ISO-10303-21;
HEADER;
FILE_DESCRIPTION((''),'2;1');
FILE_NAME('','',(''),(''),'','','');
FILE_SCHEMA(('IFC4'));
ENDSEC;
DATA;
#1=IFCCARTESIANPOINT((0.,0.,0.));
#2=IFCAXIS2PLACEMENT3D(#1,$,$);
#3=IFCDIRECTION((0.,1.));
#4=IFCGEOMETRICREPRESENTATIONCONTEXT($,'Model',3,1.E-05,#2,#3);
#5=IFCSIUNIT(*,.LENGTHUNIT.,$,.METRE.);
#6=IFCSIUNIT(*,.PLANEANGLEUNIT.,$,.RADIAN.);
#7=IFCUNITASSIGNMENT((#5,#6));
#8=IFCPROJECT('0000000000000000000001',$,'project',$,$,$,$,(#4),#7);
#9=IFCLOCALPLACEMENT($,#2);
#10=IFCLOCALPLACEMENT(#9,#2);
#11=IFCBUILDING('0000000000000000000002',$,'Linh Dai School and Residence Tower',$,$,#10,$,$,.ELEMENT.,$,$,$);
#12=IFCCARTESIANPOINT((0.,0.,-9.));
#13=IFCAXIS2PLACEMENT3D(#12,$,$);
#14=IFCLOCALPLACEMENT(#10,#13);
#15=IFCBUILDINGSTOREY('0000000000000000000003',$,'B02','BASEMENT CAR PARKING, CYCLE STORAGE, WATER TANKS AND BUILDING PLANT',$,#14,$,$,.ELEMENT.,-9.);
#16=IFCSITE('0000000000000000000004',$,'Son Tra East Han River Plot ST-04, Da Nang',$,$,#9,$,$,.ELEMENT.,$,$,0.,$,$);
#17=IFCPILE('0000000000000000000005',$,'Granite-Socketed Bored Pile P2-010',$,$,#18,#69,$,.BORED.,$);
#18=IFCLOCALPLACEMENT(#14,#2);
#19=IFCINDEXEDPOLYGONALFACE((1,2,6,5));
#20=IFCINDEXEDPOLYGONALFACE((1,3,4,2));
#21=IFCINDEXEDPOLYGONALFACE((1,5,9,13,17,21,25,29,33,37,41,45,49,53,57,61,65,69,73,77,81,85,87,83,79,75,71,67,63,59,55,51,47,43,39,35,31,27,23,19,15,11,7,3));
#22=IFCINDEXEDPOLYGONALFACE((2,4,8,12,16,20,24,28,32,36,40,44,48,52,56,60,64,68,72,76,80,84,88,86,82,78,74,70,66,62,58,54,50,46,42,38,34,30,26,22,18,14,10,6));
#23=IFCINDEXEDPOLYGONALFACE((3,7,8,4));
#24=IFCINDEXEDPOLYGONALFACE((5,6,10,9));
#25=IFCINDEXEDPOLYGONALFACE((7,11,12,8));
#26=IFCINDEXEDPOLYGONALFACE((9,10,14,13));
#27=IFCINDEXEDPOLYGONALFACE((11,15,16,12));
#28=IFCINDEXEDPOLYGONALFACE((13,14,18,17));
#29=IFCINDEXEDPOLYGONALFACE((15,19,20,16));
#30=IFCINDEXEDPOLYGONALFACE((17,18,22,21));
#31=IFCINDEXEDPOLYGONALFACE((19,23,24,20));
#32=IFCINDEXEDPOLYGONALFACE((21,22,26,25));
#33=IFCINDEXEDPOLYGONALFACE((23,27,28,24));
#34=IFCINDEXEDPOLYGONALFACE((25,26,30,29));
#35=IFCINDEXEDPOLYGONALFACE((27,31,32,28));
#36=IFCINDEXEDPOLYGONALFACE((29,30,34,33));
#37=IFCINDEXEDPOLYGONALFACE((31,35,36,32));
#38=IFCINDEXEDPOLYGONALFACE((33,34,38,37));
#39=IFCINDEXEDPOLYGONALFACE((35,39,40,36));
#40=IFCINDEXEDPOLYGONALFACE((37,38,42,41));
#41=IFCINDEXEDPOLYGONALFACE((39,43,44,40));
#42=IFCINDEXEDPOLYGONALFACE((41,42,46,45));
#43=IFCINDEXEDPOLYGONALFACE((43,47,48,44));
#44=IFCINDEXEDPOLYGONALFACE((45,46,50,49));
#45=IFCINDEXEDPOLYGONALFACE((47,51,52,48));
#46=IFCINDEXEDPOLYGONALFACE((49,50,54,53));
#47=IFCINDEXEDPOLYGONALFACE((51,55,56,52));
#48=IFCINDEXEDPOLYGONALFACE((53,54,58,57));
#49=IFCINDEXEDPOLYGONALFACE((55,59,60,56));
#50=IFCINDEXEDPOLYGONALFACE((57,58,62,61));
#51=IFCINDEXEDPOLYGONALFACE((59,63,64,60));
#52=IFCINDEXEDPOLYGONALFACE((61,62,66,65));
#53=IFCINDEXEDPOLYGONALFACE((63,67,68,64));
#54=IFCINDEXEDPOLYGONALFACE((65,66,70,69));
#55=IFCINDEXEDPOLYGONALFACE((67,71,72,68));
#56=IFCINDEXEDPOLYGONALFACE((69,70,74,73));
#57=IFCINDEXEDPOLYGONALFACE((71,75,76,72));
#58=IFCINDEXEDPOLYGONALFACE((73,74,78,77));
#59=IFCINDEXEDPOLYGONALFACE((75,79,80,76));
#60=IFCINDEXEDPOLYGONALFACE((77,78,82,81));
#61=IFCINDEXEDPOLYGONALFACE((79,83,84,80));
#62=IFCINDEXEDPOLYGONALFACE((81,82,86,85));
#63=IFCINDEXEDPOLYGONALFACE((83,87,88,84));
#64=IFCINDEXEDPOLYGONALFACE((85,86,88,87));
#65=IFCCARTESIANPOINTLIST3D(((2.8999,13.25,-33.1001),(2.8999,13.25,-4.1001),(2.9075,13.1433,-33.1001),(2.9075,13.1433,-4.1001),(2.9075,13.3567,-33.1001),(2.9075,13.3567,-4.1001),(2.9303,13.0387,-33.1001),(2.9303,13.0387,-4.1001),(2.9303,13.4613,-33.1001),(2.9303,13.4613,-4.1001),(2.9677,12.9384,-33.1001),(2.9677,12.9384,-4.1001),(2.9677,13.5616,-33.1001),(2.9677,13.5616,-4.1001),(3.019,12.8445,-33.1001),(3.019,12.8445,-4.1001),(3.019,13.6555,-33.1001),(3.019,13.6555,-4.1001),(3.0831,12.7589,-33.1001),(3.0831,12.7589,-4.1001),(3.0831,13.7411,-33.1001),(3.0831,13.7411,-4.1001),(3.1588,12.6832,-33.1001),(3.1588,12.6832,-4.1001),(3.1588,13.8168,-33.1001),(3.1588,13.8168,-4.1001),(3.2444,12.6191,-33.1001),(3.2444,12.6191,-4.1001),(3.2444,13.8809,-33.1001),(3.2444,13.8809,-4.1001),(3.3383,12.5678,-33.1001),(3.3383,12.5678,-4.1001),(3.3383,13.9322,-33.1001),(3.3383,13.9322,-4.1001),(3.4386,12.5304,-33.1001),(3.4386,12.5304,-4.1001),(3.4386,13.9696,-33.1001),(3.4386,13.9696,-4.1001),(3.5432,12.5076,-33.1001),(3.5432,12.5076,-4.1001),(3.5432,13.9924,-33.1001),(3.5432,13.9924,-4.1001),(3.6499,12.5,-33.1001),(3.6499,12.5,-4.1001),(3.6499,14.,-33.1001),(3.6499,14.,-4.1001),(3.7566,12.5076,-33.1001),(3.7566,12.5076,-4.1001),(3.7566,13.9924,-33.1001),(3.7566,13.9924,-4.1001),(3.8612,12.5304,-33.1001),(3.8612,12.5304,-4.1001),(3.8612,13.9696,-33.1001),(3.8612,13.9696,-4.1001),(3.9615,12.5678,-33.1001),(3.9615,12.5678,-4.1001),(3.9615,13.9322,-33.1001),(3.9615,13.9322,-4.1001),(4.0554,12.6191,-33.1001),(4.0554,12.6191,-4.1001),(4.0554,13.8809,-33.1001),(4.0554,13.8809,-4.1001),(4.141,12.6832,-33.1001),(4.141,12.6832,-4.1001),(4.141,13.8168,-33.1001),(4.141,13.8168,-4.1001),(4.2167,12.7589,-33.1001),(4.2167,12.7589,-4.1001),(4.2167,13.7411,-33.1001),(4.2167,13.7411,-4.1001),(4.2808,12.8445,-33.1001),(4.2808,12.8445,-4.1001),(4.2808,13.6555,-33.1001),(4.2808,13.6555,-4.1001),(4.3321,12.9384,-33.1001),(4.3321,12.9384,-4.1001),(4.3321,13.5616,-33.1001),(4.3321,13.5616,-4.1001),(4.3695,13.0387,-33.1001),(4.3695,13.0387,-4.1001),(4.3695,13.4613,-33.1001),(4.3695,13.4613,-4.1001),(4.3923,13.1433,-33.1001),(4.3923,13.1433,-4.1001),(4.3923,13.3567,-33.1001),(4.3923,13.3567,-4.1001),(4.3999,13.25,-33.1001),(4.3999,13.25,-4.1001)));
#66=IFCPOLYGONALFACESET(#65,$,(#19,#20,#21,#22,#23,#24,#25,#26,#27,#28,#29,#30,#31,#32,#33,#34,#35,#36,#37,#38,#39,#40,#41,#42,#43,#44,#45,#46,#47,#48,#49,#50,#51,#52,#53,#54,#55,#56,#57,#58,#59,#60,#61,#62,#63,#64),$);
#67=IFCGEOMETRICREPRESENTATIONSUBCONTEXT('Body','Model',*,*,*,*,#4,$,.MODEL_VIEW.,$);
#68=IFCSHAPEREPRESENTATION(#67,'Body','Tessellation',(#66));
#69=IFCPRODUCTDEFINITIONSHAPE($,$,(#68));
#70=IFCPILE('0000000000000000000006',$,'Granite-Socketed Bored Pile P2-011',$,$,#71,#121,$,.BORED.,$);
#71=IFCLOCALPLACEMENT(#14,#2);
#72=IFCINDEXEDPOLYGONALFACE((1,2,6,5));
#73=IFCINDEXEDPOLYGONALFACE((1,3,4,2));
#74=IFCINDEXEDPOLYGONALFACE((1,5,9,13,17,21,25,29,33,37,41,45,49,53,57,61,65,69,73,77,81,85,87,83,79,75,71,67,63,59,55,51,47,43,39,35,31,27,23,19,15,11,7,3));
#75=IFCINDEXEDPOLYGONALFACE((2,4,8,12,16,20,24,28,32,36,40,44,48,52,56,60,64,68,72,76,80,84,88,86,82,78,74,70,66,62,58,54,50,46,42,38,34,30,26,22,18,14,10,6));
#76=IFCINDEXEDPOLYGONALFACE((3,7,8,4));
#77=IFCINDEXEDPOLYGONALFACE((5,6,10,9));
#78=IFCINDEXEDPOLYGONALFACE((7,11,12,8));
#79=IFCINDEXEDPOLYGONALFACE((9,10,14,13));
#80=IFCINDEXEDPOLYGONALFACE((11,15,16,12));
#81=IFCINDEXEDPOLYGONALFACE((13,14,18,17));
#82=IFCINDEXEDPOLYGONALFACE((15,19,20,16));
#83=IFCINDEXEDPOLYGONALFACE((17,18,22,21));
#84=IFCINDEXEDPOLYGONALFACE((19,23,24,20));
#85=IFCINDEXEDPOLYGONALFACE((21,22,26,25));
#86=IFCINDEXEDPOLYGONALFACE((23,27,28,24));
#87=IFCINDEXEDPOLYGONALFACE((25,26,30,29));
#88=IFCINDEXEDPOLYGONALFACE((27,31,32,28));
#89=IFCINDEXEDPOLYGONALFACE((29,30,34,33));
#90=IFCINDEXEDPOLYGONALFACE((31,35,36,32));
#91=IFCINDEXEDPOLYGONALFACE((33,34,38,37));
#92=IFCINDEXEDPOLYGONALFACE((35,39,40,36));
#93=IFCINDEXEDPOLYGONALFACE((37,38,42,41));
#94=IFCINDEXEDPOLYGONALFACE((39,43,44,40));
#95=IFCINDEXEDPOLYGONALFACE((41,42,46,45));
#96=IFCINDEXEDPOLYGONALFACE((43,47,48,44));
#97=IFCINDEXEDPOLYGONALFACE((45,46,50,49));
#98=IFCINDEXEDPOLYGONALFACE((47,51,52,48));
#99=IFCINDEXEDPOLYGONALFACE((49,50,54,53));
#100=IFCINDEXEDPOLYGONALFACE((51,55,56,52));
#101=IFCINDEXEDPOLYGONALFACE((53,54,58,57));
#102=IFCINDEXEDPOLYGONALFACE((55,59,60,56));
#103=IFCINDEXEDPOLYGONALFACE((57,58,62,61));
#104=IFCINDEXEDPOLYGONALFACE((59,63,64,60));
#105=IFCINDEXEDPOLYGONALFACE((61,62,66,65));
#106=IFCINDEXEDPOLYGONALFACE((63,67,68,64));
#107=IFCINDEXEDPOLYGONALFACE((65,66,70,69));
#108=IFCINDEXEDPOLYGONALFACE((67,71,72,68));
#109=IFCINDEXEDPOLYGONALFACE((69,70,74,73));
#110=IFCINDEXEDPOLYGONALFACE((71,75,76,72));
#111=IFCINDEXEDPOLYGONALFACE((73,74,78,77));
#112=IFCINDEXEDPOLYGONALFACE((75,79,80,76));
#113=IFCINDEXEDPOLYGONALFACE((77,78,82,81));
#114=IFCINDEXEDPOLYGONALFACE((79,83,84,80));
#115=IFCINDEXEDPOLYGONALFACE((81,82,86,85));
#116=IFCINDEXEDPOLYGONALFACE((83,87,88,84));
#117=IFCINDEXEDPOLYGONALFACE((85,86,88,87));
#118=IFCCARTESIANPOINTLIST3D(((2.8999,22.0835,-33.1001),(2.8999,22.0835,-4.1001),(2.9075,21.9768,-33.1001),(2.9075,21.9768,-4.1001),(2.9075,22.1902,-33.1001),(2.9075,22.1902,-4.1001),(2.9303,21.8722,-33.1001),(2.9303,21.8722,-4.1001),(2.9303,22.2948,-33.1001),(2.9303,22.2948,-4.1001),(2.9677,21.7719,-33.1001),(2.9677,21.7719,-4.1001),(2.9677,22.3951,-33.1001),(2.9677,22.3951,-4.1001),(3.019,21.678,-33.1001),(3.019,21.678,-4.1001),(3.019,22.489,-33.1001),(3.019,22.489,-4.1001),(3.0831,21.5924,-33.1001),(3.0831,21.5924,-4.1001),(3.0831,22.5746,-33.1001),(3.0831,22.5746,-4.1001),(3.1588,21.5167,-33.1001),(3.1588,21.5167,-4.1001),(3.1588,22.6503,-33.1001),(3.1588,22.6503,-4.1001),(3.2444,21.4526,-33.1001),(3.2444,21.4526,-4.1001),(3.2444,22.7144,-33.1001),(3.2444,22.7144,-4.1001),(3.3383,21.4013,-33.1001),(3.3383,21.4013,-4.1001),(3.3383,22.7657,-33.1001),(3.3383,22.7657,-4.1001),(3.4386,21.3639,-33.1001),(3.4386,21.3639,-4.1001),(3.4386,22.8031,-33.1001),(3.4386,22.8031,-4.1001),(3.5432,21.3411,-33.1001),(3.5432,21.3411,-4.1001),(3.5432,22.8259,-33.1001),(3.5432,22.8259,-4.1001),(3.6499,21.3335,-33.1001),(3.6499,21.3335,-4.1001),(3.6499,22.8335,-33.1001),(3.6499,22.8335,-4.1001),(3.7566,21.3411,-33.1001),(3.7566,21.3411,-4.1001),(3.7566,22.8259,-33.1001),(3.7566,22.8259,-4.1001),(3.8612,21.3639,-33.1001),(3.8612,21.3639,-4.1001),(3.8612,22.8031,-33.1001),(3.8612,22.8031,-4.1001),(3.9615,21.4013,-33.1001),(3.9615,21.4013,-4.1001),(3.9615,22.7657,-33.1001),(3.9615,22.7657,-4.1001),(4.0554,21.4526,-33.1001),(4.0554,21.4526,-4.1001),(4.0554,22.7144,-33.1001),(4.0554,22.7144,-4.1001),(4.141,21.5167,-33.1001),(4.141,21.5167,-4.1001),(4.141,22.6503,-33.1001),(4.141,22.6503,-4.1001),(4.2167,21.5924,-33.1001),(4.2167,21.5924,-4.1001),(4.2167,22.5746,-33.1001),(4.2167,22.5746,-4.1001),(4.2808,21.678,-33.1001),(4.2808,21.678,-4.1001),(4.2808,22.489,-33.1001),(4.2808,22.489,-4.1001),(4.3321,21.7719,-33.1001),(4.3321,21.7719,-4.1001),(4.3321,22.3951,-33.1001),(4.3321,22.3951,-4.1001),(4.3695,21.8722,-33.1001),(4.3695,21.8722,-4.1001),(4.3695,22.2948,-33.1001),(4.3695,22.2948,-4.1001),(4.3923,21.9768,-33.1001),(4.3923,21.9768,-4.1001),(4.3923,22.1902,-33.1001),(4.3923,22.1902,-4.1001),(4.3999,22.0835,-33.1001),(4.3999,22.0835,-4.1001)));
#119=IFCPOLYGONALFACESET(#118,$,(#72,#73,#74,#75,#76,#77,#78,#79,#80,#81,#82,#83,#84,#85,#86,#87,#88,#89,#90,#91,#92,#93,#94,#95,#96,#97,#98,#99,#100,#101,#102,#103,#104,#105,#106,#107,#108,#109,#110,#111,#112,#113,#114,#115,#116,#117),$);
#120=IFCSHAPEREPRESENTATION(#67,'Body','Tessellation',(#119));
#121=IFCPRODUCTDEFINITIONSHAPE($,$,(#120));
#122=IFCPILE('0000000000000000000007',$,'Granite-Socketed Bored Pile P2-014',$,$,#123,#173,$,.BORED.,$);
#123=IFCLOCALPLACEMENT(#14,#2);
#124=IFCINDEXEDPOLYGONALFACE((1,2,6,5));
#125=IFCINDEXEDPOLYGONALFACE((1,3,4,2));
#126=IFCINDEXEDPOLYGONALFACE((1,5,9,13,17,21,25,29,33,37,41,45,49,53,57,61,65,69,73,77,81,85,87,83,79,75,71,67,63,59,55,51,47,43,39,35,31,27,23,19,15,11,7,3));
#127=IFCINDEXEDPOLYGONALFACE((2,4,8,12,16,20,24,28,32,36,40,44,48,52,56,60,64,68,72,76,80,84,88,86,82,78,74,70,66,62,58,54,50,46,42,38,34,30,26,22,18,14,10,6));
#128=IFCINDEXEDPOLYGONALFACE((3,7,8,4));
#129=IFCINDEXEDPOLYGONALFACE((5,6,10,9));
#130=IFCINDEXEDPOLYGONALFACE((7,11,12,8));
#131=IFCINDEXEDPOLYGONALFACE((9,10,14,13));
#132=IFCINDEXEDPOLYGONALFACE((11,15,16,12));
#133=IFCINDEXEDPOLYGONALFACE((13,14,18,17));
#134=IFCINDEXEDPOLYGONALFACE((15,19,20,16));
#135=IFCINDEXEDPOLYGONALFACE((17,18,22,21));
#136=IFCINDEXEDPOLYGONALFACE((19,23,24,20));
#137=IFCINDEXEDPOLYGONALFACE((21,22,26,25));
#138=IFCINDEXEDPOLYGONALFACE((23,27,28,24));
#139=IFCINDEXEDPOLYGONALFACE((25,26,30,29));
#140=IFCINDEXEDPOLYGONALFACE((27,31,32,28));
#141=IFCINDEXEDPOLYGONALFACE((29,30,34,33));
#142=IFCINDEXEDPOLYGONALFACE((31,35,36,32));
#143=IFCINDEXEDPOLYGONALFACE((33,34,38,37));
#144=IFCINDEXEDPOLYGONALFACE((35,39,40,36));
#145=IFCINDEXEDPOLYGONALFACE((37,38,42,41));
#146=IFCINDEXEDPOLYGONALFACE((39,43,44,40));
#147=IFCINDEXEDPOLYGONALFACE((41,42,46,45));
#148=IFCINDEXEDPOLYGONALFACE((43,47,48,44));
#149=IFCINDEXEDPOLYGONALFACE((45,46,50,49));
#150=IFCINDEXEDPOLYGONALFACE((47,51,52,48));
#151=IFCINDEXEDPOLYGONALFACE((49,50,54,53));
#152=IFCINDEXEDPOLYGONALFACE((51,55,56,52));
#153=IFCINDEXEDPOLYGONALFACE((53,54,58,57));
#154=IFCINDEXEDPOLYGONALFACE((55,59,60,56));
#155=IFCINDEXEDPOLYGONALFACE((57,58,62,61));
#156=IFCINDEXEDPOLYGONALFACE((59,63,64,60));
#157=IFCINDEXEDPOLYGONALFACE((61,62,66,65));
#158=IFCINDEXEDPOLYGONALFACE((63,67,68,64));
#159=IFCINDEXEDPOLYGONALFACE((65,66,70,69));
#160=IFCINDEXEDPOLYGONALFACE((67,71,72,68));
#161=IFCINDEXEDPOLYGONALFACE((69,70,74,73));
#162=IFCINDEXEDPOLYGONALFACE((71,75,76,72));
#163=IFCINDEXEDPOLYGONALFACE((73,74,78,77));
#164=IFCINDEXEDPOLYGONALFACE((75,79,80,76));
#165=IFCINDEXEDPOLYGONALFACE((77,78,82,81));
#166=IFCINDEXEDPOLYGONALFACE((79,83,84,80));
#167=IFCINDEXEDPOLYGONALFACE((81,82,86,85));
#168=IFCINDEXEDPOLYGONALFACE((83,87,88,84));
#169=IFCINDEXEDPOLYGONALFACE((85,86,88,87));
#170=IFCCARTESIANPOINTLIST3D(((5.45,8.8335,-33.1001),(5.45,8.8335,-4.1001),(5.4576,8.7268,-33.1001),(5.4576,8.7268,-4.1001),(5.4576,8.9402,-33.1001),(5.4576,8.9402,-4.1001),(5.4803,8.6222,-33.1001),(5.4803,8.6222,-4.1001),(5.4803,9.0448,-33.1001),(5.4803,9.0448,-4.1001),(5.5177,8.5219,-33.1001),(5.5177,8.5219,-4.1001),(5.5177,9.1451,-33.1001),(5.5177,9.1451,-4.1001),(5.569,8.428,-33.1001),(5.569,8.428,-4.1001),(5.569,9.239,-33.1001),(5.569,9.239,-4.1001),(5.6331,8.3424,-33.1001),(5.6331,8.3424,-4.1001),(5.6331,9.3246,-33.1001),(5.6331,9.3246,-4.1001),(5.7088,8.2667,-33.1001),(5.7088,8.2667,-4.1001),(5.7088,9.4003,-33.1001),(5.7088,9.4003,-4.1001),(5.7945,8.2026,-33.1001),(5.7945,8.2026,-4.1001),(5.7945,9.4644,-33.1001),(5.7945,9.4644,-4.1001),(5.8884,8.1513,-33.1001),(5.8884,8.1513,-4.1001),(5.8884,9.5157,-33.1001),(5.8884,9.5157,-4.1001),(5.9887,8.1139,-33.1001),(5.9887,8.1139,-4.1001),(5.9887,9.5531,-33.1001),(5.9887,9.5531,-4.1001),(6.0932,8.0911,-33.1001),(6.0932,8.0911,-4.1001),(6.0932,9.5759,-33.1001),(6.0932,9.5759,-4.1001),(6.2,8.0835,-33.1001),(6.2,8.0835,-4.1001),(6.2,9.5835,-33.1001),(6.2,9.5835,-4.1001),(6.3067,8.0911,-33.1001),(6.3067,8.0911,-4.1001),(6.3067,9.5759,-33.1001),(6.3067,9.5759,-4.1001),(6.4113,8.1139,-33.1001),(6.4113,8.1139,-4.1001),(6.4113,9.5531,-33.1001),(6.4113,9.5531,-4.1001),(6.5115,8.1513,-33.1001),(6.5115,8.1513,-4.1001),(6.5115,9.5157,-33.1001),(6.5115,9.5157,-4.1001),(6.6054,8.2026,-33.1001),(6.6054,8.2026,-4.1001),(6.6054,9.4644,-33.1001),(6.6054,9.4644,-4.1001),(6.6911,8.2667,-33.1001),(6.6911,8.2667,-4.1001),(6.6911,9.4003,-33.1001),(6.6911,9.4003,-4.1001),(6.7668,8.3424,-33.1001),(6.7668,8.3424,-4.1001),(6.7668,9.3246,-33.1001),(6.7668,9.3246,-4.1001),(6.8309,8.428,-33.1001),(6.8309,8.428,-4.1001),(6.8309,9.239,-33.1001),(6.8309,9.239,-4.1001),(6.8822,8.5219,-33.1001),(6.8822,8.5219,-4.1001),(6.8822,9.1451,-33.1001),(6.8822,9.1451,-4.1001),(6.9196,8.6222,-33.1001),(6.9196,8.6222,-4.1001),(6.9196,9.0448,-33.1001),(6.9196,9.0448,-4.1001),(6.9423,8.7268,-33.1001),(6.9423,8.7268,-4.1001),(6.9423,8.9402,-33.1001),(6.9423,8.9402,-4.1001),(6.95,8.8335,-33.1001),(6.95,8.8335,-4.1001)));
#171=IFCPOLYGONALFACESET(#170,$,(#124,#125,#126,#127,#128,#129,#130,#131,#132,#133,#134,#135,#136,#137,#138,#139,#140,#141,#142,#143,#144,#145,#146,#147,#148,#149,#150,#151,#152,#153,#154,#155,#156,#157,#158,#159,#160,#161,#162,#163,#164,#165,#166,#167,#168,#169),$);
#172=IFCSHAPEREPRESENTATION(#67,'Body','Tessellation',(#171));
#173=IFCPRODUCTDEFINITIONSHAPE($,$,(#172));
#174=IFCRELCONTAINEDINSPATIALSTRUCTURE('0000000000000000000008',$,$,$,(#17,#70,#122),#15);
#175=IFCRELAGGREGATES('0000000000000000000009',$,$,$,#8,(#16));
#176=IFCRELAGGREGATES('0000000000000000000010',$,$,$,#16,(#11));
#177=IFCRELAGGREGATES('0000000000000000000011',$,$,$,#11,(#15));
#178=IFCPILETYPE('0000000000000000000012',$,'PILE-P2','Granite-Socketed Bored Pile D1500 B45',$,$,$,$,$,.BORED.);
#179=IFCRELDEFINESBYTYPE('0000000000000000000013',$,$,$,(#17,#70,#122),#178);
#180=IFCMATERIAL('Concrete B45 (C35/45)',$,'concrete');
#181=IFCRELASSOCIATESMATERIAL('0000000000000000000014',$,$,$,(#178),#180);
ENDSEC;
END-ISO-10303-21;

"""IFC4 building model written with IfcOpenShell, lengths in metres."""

from ifc_helpers import new_model, si_unit, direction, frame, origin, origin_2d, place, context, subcontext, project, spatial, circle, extrude, material, material_profile, profile_set, type_object, element, save


model = new_model("IFC4")

# Units and contexts
model_context = context("Model", 3, precision=1e-05, world=origin(), true_north=direction((0.0, 1.0)))
body_context = subcontext(model_context, "Body", "Model", "MODEL_VIEW")
ifc_project = project(units=[si_unit("LENGTHUNIT", "METRE"), si_unit("PLANEANGLEUNIT", "RADIAN")], contexts=[model_context])

# Site, building, storey
site_placement = place(None, origin())
site = spatial("IfcSite", under=ifc_project, at=site_placement, Name="Son Tra East Han River Plot ST-04, Da Nang", CompositionType="ELEMENT", RefElevation=0.0)
building_placement = place(site_placement, origin())
building = spatial("IfcBuilding", under=site, at=building_placement, Name="Linh Dai School and Residence Tower", CompositionType="ELEMENT")
storey_placement = place(building_placement, frame((0.0, 0.0, -9.0)))
storey = spatial("IfcBuildingStorey", under=building, at=storey_placement, Name="B02", Description="BASEMENT CAR PARKING, CYCLE STORAGE, WATER TANKS AND BUILDING PLANT", CompositionType="ELEMENT", Elevation=-9.0)

# Shared definitions
ifc_material_1 = material(Name="Concrete B45 (C35/45)", Category="concrete")

# Piles
ifc_material_profile_1 = material_profile(ifc_material_1, circle(Radius=0.75, at=origin_2d()), Name="PILE D1500")
ifc_profile_set_1 = profile_set([ifc_material_profile_1], Name="Concrete B45 (C35/45)")
pile_type = type_object("IfcPileType", Name="PILE-P2", Description="Granite-Socketed Bored Pile D1500 B45", PredefinedType="BORED", material=ifc_profile_set_1)
for number, where, z_axis, x_axis, name in (
    (1, (3.6499, 13.25, -4.1001), (0.0, 0.0, -1.0), (1.0, 0.0, 0.0), "Granite-Socketed Bored Pile P2-010"),
    (2, (3.6499, 22.0835, -4.1001), (0.0, 0.0, -1.0), (1.0, 0.0, 0.0), "Granite-Socketed Bored Pile P2-011"),
    (3, (6.2, 8.8335, -4.1001), (0.0, 0.0, -1.0), (1.0, 0.0, 0.0), "Granite-Socketed Bored Pile P2-014"),
):
    element("IfcPile", number, at=place(storey_placement, frame(where, z_axis=z_axis, x_axis=x_axis)), inside=storey, type_object=pile_type, Name=name, PredefinedType="BORED", context=body_context, shape_type="SweptSolid", body=[
        extrude(circle(Radius=0.75, at=origin_2d()), origin(), (0.0, 0.0, 1.0), 29.0),
    ])

save(model, "model.ifc")
